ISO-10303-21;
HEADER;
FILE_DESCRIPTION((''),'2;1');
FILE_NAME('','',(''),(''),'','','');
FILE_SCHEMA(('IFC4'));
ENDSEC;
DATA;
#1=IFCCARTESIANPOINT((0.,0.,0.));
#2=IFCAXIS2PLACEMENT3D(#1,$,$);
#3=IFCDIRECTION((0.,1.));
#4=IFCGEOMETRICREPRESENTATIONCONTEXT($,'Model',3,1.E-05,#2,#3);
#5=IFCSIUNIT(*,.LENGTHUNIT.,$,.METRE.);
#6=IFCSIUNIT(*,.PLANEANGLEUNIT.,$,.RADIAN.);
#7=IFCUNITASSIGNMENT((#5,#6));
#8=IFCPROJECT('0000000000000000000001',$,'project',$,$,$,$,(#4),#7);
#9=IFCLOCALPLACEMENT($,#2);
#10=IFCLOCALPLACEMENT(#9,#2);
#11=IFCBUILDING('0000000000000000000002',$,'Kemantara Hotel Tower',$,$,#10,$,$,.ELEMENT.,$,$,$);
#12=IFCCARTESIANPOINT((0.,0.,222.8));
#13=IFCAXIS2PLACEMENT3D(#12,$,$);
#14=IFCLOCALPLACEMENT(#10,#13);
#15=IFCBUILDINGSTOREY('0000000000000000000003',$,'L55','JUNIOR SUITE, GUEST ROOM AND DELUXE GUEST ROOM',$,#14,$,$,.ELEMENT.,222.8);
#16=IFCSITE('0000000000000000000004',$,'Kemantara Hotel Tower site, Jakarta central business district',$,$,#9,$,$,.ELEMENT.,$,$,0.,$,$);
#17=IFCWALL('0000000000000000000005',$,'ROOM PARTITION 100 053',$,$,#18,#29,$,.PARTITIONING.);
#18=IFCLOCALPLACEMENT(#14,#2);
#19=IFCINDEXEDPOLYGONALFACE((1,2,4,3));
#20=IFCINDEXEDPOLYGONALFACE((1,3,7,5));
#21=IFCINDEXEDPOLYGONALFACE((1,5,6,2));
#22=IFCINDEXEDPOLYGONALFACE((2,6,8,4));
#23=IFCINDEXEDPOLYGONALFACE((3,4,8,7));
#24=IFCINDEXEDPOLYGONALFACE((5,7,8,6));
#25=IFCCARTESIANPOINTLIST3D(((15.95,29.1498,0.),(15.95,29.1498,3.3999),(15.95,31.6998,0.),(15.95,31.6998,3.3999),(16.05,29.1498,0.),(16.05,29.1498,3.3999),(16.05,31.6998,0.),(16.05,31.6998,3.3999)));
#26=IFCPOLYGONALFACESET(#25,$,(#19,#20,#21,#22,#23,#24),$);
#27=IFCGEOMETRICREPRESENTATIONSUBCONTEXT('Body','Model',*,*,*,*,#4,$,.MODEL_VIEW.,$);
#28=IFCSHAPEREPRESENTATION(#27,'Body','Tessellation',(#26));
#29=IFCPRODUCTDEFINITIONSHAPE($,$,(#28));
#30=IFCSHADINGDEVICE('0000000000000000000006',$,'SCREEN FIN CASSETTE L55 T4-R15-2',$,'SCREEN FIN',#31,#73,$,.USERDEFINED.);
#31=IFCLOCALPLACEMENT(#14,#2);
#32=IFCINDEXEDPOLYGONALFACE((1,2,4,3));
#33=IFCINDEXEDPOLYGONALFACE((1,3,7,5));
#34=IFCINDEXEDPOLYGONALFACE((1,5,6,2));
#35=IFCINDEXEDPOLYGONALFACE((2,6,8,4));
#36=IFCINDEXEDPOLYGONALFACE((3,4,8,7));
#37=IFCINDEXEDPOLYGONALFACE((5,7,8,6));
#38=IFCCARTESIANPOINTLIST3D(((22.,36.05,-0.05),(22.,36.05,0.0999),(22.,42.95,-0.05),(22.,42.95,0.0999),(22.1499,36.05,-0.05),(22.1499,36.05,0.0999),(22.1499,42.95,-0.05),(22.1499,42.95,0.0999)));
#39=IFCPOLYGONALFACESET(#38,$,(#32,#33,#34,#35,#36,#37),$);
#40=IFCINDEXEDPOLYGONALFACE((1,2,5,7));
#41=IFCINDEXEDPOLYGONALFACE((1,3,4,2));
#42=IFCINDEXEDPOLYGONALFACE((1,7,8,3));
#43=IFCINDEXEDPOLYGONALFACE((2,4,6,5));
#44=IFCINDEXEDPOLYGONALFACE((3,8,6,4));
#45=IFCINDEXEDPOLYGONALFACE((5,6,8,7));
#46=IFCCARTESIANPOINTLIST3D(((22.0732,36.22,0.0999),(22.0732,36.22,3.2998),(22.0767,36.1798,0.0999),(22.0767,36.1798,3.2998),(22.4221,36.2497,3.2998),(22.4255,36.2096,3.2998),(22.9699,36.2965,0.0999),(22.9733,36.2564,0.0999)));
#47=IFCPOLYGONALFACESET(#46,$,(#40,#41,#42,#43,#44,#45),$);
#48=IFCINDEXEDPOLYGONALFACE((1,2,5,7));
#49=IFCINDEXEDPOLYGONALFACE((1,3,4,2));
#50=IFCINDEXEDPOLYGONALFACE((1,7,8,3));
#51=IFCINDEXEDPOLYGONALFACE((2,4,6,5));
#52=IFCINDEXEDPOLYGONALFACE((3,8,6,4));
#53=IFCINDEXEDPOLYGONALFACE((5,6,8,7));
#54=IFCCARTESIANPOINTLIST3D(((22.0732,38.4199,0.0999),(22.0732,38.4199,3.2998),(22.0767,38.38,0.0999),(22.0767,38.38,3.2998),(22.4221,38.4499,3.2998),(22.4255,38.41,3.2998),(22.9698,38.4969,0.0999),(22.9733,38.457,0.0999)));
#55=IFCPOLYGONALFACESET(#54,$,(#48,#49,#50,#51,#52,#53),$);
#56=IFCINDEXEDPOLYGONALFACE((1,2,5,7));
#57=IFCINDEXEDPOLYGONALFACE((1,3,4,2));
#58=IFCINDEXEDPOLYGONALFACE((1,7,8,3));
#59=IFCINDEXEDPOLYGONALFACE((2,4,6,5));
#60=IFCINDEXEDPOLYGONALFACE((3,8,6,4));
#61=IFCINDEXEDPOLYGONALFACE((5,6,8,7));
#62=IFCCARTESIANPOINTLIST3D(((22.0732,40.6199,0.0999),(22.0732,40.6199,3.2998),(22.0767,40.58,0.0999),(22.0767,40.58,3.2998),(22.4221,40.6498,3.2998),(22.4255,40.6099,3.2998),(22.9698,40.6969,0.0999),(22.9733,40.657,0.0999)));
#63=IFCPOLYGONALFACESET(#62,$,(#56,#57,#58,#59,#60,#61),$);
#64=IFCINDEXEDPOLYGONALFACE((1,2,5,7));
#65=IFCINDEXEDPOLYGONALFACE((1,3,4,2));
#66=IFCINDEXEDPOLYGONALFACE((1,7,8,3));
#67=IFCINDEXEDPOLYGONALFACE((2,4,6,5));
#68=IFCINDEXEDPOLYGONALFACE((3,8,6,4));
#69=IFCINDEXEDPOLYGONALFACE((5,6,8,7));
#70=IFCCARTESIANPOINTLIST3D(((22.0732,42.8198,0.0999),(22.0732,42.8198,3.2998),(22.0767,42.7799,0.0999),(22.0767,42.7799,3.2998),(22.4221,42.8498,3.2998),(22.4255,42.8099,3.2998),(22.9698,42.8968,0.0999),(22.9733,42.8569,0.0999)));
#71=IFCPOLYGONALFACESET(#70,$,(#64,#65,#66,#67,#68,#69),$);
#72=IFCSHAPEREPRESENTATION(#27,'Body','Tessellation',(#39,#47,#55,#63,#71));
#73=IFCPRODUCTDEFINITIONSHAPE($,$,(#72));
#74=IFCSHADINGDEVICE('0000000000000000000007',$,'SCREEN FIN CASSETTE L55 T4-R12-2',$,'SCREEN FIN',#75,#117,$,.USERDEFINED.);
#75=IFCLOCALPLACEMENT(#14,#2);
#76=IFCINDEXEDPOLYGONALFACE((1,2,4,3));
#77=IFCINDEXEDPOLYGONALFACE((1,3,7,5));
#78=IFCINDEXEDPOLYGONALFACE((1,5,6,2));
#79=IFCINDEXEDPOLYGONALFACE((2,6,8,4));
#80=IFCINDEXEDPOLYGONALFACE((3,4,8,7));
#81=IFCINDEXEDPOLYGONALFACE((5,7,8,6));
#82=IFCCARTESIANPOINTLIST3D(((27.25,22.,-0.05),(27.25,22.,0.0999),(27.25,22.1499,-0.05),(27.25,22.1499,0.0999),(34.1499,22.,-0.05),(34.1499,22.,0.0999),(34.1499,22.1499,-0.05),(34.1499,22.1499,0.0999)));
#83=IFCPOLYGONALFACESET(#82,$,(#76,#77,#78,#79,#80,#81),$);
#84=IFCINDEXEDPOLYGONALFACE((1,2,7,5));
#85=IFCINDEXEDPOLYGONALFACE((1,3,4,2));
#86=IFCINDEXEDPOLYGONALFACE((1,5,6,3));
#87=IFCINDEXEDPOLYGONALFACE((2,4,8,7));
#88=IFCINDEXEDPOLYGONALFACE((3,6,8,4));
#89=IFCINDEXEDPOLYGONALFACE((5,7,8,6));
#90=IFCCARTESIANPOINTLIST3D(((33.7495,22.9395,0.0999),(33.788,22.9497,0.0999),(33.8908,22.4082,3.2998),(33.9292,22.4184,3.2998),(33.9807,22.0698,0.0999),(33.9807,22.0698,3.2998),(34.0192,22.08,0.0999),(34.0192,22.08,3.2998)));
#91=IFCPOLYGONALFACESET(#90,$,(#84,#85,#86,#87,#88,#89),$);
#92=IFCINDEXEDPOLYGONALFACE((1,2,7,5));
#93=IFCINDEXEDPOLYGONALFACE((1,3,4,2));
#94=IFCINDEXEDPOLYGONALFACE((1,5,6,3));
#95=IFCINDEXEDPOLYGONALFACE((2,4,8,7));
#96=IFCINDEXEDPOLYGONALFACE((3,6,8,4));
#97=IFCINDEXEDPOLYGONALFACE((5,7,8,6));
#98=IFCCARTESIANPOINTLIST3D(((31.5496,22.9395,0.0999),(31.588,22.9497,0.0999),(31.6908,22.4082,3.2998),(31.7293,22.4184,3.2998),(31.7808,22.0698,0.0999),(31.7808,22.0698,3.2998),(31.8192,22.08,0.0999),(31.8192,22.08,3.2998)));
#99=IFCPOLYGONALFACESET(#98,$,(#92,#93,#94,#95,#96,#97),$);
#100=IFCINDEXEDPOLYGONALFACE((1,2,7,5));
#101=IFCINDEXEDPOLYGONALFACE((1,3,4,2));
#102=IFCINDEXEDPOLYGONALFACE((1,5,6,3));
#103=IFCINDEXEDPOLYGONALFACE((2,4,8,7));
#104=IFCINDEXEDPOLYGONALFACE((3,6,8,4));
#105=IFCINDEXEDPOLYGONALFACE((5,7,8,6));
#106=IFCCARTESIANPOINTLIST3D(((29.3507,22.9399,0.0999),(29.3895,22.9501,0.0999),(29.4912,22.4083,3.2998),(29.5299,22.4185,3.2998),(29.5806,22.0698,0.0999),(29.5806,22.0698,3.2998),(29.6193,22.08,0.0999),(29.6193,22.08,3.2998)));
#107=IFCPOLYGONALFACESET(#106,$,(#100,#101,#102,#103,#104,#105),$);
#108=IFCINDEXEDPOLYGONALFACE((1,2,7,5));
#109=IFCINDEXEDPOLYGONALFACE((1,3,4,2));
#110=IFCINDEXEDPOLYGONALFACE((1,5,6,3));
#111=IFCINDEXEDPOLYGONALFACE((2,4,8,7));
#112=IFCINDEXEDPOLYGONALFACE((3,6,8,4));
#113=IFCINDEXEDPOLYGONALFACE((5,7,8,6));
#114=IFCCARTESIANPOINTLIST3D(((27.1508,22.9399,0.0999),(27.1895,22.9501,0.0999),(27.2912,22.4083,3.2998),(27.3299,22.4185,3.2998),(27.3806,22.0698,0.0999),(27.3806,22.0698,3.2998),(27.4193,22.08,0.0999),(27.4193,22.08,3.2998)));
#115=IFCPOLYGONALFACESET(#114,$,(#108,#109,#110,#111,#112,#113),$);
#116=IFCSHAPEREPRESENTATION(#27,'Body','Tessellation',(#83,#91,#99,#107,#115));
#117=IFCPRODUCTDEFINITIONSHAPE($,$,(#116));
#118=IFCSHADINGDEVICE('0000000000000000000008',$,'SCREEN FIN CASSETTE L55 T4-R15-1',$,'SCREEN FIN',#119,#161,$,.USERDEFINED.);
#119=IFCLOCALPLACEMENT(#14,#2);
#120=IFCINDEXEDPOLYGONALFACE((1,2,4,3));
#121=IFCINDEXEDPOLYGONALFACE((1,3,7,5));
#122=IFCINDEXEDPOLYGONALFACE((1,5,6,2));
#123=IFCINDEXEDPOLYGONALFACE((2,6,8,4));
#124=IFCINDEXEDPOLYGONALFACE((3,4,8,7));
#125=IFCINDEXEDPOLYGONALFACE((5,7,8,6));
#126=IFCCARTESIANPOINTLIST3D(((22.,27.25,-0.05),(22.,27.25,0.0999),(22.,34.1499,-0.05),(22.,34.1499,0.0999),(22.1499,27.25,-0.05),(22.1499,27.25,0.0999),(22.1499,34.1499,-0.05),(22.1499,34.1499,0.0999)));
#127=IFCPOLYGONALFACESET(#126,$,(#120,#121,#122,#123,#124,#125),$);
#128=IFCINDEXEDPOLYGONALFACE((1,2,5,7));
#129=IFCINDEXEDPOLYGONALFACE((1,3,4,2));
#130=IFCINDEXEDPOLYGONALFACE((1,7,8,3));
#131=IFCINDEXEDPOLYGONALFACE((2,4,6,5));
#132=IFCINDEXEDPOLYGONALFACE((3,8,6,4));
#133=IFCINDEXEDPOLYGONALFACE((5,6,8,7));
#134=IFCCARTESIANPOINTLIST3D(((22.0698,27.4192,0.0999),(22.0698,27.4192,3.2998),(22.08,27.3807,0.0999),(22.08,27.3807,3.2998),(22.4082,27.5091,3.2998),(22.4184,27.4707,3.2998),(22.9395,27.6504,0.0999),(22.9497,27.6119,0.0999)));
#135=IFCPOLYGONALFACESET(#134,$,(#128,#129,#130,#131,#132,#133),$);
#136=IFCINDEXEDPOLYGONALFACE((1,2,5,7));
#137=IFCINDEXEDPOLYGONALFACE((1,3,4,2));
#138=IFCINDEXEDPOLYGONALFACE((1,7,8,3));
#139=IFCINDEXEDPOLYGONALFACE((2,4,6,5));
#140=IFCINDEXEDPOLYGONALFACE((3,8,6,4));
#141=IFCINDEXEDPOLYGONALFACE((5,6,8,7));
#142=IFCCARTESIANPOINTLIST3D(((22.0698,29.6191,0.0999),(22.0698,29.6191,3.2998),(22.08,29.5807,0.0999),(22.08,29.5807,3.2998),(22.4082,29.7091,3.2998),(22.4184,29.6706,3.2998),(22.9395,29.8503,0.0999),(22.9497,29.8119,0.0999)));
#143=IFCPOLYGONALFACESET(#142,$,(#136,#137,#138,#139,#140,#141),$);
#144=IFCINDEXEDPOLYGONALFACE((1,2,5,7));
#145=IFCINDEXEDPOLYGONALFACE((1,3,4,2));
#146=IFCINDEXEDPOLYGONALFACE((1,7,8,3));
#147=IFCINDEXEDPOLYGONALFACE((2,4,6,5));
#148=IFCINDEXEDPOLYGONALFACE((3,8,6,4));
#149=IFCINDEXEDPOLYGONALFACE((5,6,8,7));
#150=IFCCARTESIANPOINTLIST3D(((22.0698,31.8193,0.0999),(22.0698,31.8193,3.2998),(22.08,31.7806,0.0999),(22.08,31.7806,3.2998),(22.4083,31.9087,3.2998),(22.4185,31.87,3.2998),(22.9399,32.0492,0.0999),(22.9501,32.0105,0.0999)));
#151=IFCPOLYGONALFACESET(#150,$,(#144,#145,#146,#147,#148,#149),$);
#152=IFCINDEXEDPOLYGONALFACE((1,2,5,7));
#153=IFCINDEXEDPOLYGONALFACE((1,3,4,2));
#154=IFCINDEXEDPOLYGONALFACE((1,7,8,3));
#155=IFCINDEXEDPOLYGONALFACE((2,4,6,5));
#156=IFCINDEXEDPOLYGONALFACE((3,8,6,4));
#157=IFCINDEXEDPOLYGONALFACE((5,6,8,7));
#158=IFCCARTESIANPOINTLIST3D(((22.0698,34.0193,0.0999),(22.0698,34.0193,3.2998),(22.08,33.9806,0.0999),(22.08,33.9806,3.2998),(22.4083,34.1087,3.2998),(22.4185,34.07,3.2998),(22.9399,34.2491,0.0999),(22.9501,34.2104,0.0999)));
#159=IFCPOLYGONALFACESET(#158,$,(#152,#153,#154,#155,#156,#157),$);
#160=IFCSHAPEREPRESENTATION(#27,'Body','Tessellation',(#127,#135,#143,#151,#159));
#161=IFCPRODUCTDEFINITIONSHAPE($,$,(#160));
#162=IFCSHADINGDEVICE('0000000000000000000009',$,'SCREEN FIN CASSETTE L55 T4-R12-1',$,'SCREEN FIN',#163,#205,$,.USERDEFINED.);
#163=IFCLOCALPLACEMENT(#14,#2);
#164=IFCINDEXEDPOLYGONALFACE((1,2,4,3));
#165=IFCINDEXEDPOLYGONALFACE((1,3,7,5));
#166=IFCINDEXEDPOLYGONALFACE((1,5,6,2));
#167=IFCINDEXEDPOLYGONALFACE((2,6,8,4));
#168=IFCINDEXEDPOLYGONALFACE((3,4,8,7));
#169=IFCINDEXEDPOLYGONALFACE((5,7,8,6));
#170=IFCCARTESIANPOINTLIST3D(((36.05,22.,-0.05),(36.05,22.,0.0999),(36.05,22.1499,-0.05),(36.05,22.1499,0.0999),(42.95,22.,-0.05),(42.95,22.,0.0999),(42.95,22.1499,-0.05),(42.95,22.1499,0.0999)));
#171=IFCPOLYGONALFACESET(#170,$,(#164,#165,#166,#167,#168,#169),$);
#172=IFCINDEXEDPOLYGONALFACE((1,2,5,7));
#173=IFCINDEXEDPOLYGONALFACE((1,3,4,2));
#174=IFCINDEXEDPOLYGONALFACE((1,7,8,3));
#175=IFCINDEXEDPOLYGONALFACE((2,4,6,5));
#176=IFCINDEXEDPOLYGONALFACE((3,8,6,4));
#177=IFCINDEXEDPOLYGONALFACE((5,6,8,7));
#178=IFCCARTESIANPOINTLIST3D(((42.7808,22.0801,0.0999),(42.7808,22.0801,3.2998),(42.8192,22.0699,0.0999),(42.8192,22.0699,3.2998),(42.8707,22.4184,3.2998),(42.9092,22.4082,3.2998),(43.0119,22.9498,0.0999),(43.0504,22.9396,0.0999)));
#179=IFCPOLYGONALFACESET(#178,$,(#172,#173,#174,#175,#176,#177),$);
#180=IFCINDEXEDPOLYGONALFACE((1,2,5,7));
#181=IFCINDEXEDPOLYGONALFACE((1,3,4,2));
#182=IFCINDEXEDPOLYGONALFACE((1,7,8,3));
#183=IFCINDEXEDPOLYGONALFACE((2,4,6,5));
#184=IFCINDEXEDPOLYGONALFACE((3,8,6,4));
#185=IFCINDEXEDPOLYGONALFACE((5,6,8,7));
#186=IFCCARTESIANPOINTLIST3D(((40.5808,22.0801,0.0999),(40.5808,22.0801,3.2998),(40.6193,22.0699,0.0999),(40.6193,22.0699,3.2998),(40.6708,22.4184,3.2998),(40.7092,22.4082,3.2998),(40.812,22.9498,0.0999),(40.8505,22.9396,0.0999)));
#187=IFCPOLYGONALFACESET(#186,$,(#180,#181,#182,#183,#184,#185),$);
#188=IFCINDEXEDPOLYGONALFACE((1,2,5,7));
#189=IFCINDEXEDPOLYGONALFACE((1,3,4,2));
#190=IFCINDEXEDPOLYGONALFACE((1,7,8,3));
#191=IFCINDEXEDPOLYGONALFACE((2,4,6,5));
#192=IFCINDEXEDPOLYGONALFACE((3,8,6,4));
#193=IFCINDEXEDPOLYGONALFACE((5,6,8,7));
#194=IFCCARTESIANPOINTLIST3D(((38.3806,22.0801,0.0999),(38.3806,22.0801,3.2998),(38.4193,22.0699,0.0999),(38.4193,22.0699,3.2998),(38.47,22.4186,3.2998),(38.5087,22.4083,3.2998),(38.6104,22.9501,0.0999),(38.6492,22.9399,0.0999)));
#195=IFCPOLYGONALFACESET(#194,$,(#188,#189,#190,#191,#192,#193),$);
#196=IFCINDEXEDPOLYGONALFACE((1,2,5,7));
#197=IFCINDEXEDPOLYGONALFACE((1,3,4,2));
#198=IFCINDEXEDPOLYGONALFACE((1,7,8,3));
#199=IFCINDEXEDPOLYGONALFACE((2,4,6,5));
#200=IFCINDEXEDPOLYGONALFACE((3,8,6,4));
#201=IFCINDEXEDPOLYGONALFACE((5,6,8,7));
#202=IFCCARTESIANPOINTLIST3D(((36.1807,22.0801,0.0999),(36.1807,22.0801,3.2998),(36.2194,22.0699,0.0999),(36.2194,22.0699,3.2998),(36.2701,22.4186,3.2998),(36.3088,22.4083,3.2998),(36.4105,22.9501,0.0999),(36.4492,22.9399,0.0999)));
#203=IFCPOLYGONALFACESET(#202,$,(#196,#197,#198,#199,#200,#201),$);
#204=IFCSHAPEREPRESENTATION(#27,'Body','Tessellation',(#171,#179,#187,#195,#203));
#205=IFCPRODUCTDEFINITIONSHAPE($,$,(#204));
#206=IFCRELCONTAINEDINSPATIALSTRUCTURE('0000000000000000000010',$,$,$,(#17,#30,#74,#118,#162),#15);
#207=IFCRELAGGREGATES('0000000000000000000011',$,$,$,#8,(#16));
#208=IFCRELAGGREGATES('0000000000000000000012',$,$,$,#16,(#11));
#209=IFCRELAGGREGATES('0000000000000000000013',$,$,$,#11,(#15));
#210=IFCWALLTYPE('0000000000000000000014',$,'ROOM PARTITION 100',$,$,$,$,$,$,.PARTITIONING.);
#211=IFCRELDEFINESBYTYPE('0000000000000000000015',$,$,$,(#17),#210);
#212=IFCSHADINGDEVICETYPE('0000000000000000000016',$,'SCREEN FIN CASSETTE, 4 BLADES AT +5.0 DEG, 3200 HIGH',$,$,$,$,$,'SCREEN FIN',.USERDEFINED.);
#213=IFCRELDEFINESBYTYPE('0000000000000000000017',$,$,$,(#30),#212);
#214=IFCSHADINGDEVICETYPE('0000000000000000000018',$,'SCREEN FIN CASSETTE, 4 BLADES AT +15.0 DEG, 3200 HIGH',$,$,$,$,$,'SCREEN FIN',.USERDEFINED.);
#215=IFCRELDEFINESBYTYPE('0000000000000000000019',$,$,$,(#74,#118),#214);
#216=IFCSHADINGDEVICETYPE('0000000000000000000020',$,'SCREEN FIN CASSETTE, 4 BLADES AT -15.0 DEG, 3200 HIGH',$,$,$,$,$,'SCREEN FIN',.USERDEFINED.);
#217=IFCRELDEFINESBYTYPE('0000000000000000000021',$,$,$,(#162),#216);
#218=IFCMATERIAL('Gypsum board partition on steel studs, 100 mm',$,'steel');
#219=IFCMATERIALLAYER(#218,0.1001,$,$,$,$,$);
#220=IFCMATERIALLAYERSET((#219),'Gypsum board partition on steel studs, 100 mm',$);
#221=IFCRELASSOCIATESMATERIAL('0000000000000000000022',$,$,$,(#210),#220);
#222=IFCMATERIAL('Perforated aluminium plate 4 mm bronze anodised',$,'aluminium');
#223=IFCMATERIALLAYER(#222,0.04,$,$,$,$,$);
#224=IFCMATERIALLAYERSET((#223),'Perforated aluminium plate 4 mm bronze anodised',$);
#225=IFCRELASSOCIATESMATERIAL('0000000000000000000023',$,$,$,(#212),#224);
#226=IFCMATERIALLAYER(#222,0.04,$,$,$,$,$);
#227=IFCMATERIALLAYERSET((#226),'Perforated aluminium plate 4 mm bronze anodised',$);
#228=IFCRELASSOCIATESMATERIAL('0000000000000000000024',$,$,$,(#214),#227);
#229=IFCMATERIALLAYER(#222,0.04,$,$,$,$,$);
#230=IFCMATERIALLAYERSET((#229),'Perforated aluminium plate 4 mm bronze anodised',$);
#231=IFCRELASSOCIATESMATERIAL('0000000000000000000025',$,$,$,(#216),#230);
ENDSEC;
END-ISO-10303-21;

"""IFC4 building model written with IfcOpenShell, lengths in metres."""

from ifc_helpers import new_model, si_unit, direction, frame, frame_2d, origin, origin_2d, place, context, subcontext, project, spatial, polyline, rectangle, outline, extrude, source, transform, mapped, material, layer, layer_set, type_object, element, save


model = new_model("IFC4")

# Units and contexts
model_context = context("Model", 3, precision=1e-05, world=origin(), true_north=direction((0.0, 1.0)))
body_context = subcontext(model_context, "Body", "Model", "MODEL_VIEW")
ifc_project = project(units=[si_unit("LENGTHUNIT", "METRE"), si_unit("PLANEANGLEUNIT", "RADIAN")], contexts=[model_context])

# Site, building, storey
site_placement = place(None, origin())
site = spatial("IfcSite", under=ifc_project, at=site_placement, Name="Kemantara Hotel Tower site, Jakarta central business district", CompositionType="ELEMENT", RefElevation=0.0)
building_placement = place(site_placement, origin())
building = spatial("IfcBuilding", under=site, at=building_placement, Name="Kemantara Hotel Tower", CompositionType="ELEMENT")
storey_placement = place(building_placement, frame((0.0, 0.0, 222.8)))
storey = spatial("IfcBuildingStorey", under=building, at=storey_placement, Name="L55", Description="JUNIOR SUITE, GUEST ROOM AND DELUXE GUEST ROOM", CompositionType="ELEMENT", Elevation=222.8)

# Wall
ifc_material_1 = material(Name="Gypsum board partition on steel studs, 100 mm", Category="steel")
ifc_layer_1 = layer(ifc_material_1, 0.1001)
ifc_layer_set_1 = layer_set([ifc_layer_1], Name="Gypsum board partition on steel studs, 100 mm")
wall_type = type_object("IfcWallType", Name="ROOM PARTITION 100", PredefinedType="PARTITIONING", material=ifc_layer_set_1)
wall_placement = place(storey_placement, frame((16.0, 29.1499, 0.0), z_axis=(0.0, 0.0, 1.0), x_axis=(0.0, 1.0, 0.0)))
element("IfcWall", 1, at=wall_placement, inside=storey, type_object=wall_type, Name="ROOM PARTITION 100 053", PredefinedType="PARTITIONING", context=body_context, shape_type="SweptSolid", body=[
    extrude(rectangle(XDim=2.55, YDim=0.1001, at=frame_2d((1.2749, 0.0))), origin(), (0.0, 0.0, 1.0), 3.3999),
])

# Shading devices
ifc_material_2 = material(Name="Perforated aluminium plate 4 mm bronze anodised", Category="aluminium")
ifc_layer_2 = layer(ifc_material_2, 0.04)
ifc_layer_set_2 = layer_set([ifc_layer_2], Name="Perforated aluminium plate 4 mm bronze anodised")
shading_device_type_1 = type_object("IfcShadingDeviceType", Name="SCREEN FIN CASSETTE, 4 BLADES AT +5.0 DEG, 3200 HIGH", ElementType="SCREEN FIN", PredefinedType="USERDEFINED", material=ifc_layer_set_2)
shared_shape_1 = source(origin(), body_context, "Body", "SweptSolid", [
    extrude(rectangle(XDim=6.8999, YDim=0.1499, at=origin_2d()), frame((3.3, -0.075, -0.1499), z_axis=(0.0, 0.0, 1.0), x_axis=(1.0, 0.0, 0.0)), (0.0, 0.0, 1.0), 0.1499),
    extrude(outline(polyline([(0.0, 0.0), (0.8999, 0.0), (0.3501, 3.2), (0.0, 3.2), (0.0, 0.0)])), frame((0.02, -0.0732, 0.0), z_axis=(-0.996376, -0.085056, 0.0), x_axis=(0.085056, -0.996376, 0.0)), (0.0, 0.0, 1.0), 0.0403),
    extrude(outline(polyline([(0.0, 0.0), (0.8999, 0.0), (0.3501, 3.2), (0.0, 3.2), (0.0, 0.0)])), frame((2.22, -0.0732, 0.0), z_axis=(-0.996332, -0.085575, 0.0), x_axis=(0.085575, -0.996332, 0.0)), (0.0, 0.0, 1.0), 0.04),
    extrude(outline(polyline([(0.0, 0.0), (0.8999, 0.0), (0.3501, 3.2), (0.0, 3.2), (0.0, 0.0)])), frame((4.4199, -0.0732, 0.0), z_axis=(-0.996332, -0.085575, 0.0), x_axis=(0.085575, -0.996332, 0.0)), (0.0, 0.0, 1.0), 0.04),
    extrude(outline(polyline([(0.0, 0.0), (0.8999, 0.0), (0.3501, 3.2), (0.0, 3.2), (0.0, 0.0)])), frame((6.6199, -0.0732, 0.0), z_axis=(-0.996332, -0.085575, 0.0), x_axis=(0.085575, -0.996332, 0.0)), (0.0, 0.0, 1.0), 0.04),
])
shading_device_1_placement = place(storey_placement, frame((22.0, 36.2, 0.0999), z_axis=(0.0, 0.0, 1.0), x_axis=(0.0, 1.0, 0.0)))
element("IfcShadingDevice", 2, at=shading_device_1_placement, inside=storey, type_object=shading_device_type_1, Name="SCREEN FIN CASSETTE L55 T4-R15-2", ObjectType="SCREEN FIN", PredefinedType="USERDEFINED", context=body_context, shape_type="MappedRepresentation", body=[
    mapped(shared_shape_1, transform((0.0, 0.0, 0.0))),
])
ifc_layer_3 = layer(ifc_material_2, 0.04)
ifc_layer_set_3 = layer_set([ifc_layer_3], Name="Perforated aluminium plate 4 mm bronze anodised")
shading_device_type_2 = type_object("IfcShadingDeviceType", Name="SCREEN FIN CASSETTE, 4 BLADES AT +15.0 DEG, 3200 HIGH", ElementType="SCREEN FIN", PredefinedType="USERDEFINED", material=ifc_layer_set_3)
shared_shape_2 = source(origin(), body_context, "Body", "SweptSolid", [
    extrude(rectangle(XDim=6.8999, YDim=0.1499, at=origin_2d()), frame((3.3, -0.075, -0.1499), z_axis=(0.0, 0.0, 1.0), x_axis=(1.0, 0.0, 0.0)), (0.0, 0.0, 1.0), 0.1499),
    extrude(outline(polyline([(0.0, 0.0), (0.8999, 0.0), (0.3501, 3.2), (0.0, 3.2), (0.0, 0.0)])), frame((0.0193, -0.0698, 0.0), z_axis=(-0.966438, -0.256901, 0.0), x_axis=(0.256901, -0.966438, 0.0)), (0.0, 0.0, 1.0), 0.0398),
    extrude(outline(polyline([(0.0, 0.0), (0.8999, 0.0), (0.3501, 3.2), (0.0, 3.2), (0.0, 0.0)])), frame((2.2192, -0.0698, 0.0), z_axis=(-0.966438, -0.256901, 0.0), x_axis=(0.256901, -0.966438, 0.0)), (0.0, 0.0, 1.0), 0.0398),
    extrude(outline(polyline([(0.0, 0.0), (0.8999, 0.0), (0.3501, 3.2), (0.0, 3.2), (0.0, 0.0)])), frame((4.4194, -0.0698, 0.0), z_axis=(-0.966838, -0.255391, 0.0), x_axis=(0.255391, -0.966838, 0.0)), (0.0, 0.0, 1.0), 0.04),
    extrude(outline(polyline([(0.0, 0.0), (0.8999, 0.0), (0.3501, 3.2), (0.0, 3.2), (0.0, 0.0)])), frame((6.6194, -0.0698, 0.0), z_axis=(-0.966838, -0.255391, 0.0), x_axis=(0.255391, -0.966838, 0.0)), (0.0, 0.0, 1.0), 0.04),
])
for number, where, z_axis, x_axis, name in (
    (3, (34.0, 22.0, 0.0999), (0.0, 0.0, 1.0), (-1.0, 0.0, 0.0), "SCREEN FIN CASSETTE L55 T4-R12-2"),
    (4, (22.0, 27.3999, 0.0999), (0.0, 0.0, 1.0), (0.0, 1.0, 0.0), "SCREEN FIN CASSETTE L55 T4-R15-1"),
):
    element("IfcShadingDevice", number, at=place(storey_placement, frame(where, z_axis=z_axis, x_axis=x_axis)), inside=storey, type_object=shading_device_type_2, Name=name, ObjectType="SCREEN FIN", PredefinedType="USERDEFINED", context=body_context, shape_type="MappedRepresentation", body=[
        mapped(shared_shape_2, transform((0.0, 0.0, 0.0))),
    ])
ifc_layer_4 = layer(ifc_material_2, 0.04)
ifc_layer_set_4 = layer_set([ifc_layer_4], Name="Perforated aluminium plate 4 mm bronze anodised")
shading_device_type_3 = type_object("IfcShadingDeviceType", Name="SCREEN FIN CASSETTE, 4 BLADES AT -15.0 DEG, 3200 HIGH", ElementType="SCREEN FIN", PredefinedType="USERDEFINED", material=ifc_layer_set_4)
shared_shape_3 = source(origin(), body_context, "Body", "SweptSolid", [
    extrude(rectangle(XDim=6.8999, YDim=0.1499, at=origin_2d()), frame((3.3, -0.075, -0.1499), z_axis=(0.0, 0.0, 1.0), x_axis=(1.0, 0.0, 0.0)), (0.0, 0.0, 1.0), 0.1499),
    extrude(outline(polyline([(0.0, 0.0), (0.8999, 0.0), (0.3501, 3.2), (0.0, 3.2), (0.0, 0.0)])), frame((0.0193, -0.0801, 0.0), z_axis=(-0.966438, 0.256901, 0.0), x_axis=(-0.256901, -0.966438, 0.0)), (0.0, 0.0, 1.0), 0.0398),
    extrude(outline(polyline([(0.0, 0.0), (0.8999, 0.0), (0.3501, 3.2), (0.0, 3.2), (0.0, 0.0)])), frame((2.2192, -0.0801, 0.0), z_axis=(-0.966438, 0.256901, 0.0), x_axis=(-0.256901, -0.966438, 0.0)), (0.0, 0.0, 1.0), 0.0398),
    extrude(outline(polyline([(0.0, 0.0), (0.8999, 0.0), (0.3501, 3.2), (0.0, 3.2), (0.0, 0.0)])), frame((4.4194, -0.0801, 0.0), z_axis=(-0.966838, 0.255391, 0.0), x_axis=(-0.255391, -0.966838, 0.0)), (0.0, 0.0, 1.0), 0.04),
    extrude(outline(polyline([(0.0, 0.0), (0.8999, 0.0), (0.3501, 3.2), (0.0, 3.2), (0.0, 0.0)])), frame((6.6194, -0.0801, 0.0), z_axis=(-0.966838, 0.255391, 0.0), x_axis=(-0.255391, -0.966838, 0.0)), (0.0, 0.0, 1.0), 0.04),
])
shading_device_2_placement = place(storey_placement, frame((42.8, 22.0, 0.0999), z_axis=(0.0, 0.0, 1.0), x_axis=(-1.0, 0.0, 0.0)))
element("IfcShadingDevice", 5, at=shading_device_2_placement, inside=storey, type_object=shading_device_type_3, Name="SCREEN FIN CASSETTE L55 T4-R12-1", ObjectType="SCREEN FIN", PredefinedType="USERDEFINED", context=body_context, shape_type="MappedRepresentation", body=[
    mapped(shared_shape_3, transform((0.0, 0.0, 0.0))),
])

save(model, "model.ifc")
